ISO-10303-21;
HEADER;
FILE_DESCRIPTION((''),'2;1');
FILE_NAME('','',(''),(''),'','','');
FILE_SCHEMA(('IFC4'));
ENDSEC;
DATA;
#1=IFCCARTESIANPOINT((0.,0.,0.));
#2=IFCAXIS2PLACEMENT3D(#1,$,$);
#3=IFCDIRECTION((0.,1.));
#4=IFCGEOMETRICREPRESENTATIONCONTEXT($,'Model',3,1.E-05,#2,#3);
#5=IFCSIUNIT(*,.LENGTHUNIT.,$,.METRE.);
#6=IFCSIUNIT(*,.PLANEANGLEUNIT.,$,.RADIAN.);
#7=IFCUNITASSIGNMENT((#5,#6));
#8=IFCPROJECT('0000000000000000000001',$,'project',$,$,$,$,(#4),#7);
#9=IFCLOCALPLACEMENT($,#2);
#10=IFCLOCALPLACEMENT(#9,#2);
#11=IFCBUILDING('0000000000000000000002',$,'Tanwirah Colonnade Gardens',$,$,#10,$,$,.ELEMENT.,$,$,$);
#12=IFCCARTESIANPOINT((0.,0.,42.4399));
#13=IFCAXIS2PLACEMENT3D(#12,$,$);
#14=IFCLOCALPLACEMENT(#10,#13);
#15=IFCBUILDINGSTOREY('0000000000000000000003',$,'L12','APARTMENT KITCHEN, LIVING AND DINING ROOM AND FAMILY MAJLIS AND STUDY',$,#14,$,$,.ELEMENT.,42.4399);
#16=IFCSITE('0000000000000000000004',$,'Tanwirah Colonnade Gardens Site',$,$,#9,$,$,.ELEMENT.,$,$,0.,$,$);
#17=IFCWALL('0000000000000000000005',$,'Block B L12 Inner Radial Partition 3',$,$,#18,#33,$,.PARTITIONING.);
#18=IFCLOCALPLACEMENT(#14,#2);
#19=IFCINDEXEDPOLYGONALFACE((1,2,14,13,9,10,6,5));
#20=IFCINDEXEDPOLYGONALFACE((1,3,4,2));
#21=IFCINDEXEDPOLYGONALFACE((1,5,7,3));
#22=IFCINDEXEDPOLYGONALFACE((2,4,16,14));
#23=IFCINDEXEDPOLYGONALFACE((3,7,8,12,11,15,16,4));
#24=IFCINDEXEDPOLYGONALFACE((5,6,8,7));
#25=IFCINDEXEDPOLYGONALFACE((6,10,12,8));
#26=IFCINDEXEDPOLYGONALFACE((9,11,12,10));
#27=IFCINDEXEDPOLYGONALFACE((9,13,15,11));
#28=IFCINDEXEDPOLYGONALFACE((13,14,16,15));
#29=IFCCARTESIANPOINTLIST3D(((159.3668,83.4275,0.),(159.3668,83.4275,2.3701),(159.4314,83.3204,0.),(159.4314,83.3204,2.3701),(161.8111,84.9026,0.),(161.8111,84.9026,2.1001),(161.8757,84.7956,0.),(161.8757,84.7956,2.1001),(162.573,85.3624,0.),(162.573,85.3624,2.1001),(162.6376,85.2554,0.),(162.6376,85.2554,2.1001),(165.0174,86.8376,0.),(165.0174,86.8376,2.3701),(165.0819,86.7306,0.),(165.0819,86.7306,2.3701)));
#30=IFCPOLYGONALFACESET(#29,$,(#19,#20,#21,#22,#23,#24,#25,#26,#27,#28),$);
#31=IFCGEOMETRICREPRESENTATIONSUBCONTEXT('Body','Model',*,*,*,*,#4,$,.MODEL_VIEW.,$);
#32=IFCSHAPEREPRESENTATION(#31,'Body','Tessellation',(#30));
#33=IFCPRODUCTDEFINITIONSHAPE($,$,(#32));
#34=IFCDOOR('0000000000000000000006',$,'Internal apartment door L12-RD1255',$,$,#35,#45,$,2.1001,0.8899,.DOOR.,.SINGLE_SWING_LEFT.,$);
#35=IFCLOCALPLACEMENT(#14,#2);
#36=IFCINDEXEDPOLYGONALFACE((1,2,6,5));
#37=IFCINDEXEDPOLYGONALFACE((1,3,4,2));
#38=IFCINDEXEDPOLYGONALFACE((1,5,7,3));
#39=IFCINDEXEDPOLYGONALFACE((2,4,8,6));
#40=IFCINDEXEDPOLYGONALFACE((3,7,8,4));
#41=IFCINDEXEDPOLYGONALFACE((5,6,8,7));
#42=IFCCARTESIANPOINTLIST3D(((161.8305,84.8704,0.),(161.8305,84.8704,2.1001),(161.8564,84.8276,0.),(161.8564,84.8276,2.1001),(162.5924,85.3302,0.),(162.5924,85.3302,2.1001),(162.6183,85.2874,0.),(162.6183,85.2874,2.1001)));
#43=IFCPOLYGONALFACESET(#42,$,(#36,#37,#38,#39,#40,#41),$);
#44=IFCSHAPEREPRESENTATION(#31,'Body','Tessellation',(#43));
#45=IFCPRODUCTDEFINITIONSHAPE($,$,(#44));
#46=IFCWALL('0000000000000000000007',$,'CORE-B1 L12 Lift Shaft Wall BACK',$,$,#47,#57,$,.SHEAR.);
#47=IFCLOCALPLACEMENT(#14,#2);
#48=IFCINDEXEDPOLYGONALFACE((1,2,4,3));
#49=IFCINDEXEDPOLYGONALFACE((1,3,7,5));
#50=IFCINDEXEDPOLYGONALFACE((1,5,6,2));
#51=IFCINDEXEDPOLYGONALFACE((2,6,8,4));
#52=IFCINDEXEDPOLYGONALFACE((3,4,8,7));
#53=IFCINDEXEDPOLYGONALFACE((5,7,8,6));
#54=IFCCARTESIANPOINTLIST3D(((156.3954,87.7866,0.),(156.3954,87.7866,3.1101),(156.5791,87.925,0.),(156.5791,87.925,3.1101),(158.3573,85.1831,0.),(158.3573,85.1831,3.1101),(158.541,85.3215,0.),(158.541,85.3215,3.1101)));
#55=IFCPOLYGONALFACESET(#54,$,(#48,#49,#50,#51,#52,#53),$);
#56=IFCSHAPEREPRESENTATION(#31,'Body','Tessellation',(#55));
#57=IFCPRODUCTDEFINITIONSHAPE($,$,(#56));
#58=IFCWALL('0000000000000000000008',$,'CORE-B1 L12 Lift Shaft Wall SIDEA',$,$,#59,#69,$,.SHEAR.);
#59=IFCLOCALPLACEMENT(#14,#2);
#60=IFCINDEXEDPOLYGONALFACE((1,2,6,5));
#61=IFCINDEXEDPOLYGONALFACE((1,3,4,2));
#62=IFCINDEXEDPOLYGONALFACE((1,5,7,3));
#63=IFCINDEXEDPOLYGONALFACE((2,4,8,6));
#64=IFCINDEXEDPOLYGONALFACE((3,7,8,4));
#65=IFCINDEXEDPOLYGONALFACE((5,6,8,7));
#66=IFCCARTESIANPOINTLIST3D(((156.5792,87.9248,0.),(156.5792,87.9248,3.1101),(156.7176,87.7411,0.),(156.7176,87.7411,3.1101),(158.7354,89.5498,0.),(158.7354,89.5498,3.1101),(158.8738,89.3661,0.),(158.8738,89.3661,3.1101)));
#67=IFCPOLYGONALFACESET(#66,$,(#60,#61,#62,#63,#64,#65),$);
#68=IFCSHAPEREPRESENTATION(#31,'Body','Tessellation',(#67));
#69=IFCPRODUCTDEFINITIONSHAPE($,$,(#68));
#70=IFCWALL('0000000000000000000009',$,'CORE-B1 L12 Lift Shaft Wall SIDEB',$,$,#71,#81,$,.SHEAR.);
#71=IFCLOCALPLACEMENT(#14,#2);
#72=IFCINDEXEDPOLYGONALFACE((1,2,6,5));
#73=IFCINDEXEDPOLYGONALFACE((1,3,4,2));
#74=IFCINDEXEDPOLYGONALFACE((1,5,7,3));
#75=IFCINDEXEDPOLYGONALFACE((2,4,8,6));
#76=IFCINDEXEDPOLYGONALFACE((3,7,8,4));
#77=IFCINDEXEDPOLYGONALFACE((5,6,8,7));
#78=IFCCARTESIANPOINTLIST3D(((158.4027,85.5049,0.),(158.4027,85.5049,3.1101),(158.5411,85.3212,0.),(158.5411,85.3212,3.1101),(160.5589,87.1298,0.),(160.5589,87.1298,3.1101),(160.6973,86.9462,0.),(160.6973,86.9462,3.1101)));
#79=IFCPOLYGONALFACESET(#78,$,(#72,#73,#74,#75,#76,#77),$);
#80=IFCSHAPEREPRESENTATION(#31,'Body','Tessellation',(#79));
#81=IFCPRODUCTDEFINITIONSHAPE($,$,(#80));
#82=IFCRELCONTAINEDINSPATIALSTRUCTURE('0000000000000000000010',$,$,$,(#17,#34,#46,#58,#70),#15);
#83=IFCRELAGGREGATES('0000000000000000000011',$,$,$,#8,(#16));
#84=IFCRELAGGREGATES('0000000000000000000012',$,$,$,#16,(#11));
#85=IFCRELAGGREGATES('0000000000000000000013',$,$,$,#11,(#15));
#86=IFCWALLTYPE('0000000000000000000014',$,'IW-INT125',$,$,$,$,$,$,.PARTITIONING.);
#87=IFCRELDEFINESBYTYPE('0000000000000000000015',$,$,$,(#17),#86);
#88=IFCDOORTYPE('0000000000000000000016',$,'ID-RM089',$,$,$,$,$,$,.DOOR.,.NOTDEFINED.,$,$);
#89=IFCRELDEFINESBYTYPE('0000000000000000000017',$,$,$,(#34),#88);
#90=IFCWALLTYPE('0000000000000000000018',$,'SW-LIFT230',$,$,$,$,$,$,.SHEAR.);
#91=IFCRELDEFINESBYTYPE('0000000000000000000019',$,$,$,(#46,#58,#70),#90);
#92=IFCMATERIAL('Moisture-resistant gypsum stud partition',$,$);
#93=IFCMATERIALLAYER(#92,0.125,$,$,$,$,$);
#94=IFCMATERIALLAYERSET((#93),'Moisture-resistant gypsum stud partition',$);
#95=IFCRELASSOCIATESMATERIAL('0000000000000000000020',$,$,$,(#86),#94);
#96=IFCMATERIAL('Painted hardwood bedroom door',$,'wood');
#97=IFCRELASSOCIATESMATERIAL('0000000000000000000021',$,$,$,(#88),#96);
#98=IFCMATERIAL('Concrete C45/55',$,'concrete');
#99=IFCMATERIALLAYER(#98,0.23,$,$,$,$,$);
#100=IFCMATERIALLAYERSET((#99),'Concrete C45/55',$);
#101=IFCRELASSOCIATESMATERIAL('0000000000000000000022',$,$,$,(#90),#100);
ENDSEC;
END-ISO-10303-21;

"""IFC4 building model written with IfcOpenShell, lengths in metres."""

from ifc_helpers import new_model, si_unit, direction, frame, frame_2d, origin, place, context, subcontext, project, spatial, rectangle, extrude, material, layer, layer_set, type_object, element, fill, save


model = new_model("IFC4")

# Units and contexts
model_context = context("Model", 3, precision=1e-05, world=origin(), true_north=direction((0.0, 1.0)))
body_context = subcontext(model_context, "Body", "Model", "MODEL_VIEW")
ifc_project = project(units=[si_unit("LENGTHUNIT", "METRE"), si_unit("PLANEANGLEUNIT", "RADIAN")], contexts=[model_context])

# Site, building, storey
site_placement = place(None, origin())
site = spatial("IfcSite", under=ifc_project, at=site_placement, Name="Tanwirah Colonnade Gardens Site", CompositionType="ELEMENT", RefElevation=0.0)
building_placement = place(site_placement, origin())
building = spatial("IfcBuilding", under=site, at=building_placement, Name="Tanwirah Colonnade Gardens", CompositionType="ELEMENT")
storey_placement = place(building_placement, frame((0.0, 0.0, 42.4399)))
storey = spatial("IfcBuildingStorey", under=building, at=storey_placement, Name="L12", Description="APARTMENT KITCHEN, LIVING AND DINING ROOM AND FAMILY MAJLIS AND STUDY", CompositionType="ELEMENT", Elevation=42.4399)

# Wall, opening, door
ifc_material_1 = material(Name="Moisture-resistant gypsum stud partition")
ifc_layer_1 = layer(ifc_material_1, 0.125)
ifc_layer_set_1 = layer_set([ifc_layer_1], Name="Moisture-resistant gypsum stud partition")
wall_type_1 = type_object("IfcWallType", Name="IW-INT125", PredefinedType="PARTITIONING", material=ifc_layer_set_1)
wall_1_placement = place(storey_placement, frame((159.3992, 83.374, 0.0), z_axis=(0.0, 0.0, 1.0), x_axis=(0.856168, 0.516697, 0.0)))
wall_1 = element("IfcWall", 1, at=wall_1_placement, inside=storey, type_object=wall_type_1, Name="Block B L12 Inner Radial Partition 3", PredefinedType="PARTITIONING", context=body_context, shape_type="SweptSolid", body=[
    extrude(rectangle(XDim=6.5999, YDim=0.125, at=frame_2d((3.2998, 0.0))), origin(), (0.0, 0.0, 1.0), 2.3701),
])
opening_1_placement = place(wall_1_placement, frame((2.855, 0.0, 0.0)))
opening_1 = element("IfcOpeningElement", 2, at=opening_1_placement, cuts=wall_1, PredefinedType="OPENING", context=body_context, shape_type="SweptSolid", body=[
    extrude(rectangle(XDim=0.8899, YDim=2.1001, at=frame_2d((0.4448, 1.05))), frame((0.0, 0.0725, 0.0), z_axis=(0.0, -1.0, 0.0), x_axis=(1.0, 0.0, 0.0)), (0.0, 0.0, 1.0), 0.145),
])
ifc_material_2 = material(Name="Painted hardwood bedroom door", Category="wood")
door_type_1 = type_object("IfcDoorType", Name="ID-RM089", OperationType="NOTDEFINED", PredefinedType="DOOR", material=ifc_material_2)
door_1_placement = place(opening_1_placement, origin())
door_1 = element("IfcDoor", 3, at=door_1_placement, inside=storey, type_object=door_type_1, Name="Internal apartment door L12-RD1255", OperationType="SINGLE_SWING_LEFT", OverallHeight=2.1001, OverallWidth=0.8899, PredefinedType="DOOR", context=body_context, shape_type="SweptSolid", body=[
    extrude(rectangle(XDim=0.8899, YDim=2.1001, at=frame_2d((0.4448, 1.05))), frame((0.0, 0.0249, 0.0), z_axis=(0.0, -1.0, 0.0), x_axis=(1.0, 0.0, 0.0)), (0.0, 0.0, 1.0), 0.05),
])
fill(opening_1, door_1)
ifc_material_3 = material(Name="Concrete C45/55", Category="concrete")
ifc_layer_2 = layer(ifc_material_3, 0.23)
ifc_layer_set_2 = layer_set([ifc_layer_2], Name="Concrete C45/55")
wall_type_2 = type_object("IfcWallType", Name="SW-LIFT230", PredefinedType="SHEAR", material=ifc_layer_set_2)

# Walls
wall_2_placement = place(storey_placement, frame((156.4873, 87.8557, 0.0), z_axis=(0.0, 0.0, 1.0), x_axis=(0.60182, -0.798632, 0.0)))
element("IfcWall", 4, at=wall_2_placement, inside=storey, type_object=wall_type_2, Name="CORE-B1 L12 Lift Shaft Wall BACK", PredefinedType="SHEAR", context=body_context, shape_type="SweptSolid", body=[
    extrude(rectangle(XDim=3.26, YDim=0.23, at=frame_2d((1.6299, 0.0))), origin(), (0.0, 0.0, 1.0), 3.1101),
])
for number, where, z_axis, x_axis, name in (
    (5, (158.8047, 89.458, 0.0), (0.0, 0.0, 1.0), (-0.798609, -0.60185, 0.0), "CORE-B1 L12 Lift Shaft Wall SIDEA"),
    (6, (160.6282, 87.0381, 0.0), (0.0, 0.0, 1.0), (-0.798609, -0.60185, 0.0), "CORE-B1 L12 Lift Shaft Wall SIDEB"),
):
    element("IfcWall", number, at=place(storey_placement, frame(where, z_axis=z_axis, x_axis=x_axis)), inside=storey, type_object=wall_type_2, Name=name, PredefinedType="SHEAR", context=body_context, shape_type="SweptSolid", body=[
        extrude(rectangle(XDim=2.7, YDim=0.23, at=frame_2d((1.3501, 0.0))), origin(), (0.0, 0.0, 1.0), 3.1101),
    ])

save(model, "model.ifc")
